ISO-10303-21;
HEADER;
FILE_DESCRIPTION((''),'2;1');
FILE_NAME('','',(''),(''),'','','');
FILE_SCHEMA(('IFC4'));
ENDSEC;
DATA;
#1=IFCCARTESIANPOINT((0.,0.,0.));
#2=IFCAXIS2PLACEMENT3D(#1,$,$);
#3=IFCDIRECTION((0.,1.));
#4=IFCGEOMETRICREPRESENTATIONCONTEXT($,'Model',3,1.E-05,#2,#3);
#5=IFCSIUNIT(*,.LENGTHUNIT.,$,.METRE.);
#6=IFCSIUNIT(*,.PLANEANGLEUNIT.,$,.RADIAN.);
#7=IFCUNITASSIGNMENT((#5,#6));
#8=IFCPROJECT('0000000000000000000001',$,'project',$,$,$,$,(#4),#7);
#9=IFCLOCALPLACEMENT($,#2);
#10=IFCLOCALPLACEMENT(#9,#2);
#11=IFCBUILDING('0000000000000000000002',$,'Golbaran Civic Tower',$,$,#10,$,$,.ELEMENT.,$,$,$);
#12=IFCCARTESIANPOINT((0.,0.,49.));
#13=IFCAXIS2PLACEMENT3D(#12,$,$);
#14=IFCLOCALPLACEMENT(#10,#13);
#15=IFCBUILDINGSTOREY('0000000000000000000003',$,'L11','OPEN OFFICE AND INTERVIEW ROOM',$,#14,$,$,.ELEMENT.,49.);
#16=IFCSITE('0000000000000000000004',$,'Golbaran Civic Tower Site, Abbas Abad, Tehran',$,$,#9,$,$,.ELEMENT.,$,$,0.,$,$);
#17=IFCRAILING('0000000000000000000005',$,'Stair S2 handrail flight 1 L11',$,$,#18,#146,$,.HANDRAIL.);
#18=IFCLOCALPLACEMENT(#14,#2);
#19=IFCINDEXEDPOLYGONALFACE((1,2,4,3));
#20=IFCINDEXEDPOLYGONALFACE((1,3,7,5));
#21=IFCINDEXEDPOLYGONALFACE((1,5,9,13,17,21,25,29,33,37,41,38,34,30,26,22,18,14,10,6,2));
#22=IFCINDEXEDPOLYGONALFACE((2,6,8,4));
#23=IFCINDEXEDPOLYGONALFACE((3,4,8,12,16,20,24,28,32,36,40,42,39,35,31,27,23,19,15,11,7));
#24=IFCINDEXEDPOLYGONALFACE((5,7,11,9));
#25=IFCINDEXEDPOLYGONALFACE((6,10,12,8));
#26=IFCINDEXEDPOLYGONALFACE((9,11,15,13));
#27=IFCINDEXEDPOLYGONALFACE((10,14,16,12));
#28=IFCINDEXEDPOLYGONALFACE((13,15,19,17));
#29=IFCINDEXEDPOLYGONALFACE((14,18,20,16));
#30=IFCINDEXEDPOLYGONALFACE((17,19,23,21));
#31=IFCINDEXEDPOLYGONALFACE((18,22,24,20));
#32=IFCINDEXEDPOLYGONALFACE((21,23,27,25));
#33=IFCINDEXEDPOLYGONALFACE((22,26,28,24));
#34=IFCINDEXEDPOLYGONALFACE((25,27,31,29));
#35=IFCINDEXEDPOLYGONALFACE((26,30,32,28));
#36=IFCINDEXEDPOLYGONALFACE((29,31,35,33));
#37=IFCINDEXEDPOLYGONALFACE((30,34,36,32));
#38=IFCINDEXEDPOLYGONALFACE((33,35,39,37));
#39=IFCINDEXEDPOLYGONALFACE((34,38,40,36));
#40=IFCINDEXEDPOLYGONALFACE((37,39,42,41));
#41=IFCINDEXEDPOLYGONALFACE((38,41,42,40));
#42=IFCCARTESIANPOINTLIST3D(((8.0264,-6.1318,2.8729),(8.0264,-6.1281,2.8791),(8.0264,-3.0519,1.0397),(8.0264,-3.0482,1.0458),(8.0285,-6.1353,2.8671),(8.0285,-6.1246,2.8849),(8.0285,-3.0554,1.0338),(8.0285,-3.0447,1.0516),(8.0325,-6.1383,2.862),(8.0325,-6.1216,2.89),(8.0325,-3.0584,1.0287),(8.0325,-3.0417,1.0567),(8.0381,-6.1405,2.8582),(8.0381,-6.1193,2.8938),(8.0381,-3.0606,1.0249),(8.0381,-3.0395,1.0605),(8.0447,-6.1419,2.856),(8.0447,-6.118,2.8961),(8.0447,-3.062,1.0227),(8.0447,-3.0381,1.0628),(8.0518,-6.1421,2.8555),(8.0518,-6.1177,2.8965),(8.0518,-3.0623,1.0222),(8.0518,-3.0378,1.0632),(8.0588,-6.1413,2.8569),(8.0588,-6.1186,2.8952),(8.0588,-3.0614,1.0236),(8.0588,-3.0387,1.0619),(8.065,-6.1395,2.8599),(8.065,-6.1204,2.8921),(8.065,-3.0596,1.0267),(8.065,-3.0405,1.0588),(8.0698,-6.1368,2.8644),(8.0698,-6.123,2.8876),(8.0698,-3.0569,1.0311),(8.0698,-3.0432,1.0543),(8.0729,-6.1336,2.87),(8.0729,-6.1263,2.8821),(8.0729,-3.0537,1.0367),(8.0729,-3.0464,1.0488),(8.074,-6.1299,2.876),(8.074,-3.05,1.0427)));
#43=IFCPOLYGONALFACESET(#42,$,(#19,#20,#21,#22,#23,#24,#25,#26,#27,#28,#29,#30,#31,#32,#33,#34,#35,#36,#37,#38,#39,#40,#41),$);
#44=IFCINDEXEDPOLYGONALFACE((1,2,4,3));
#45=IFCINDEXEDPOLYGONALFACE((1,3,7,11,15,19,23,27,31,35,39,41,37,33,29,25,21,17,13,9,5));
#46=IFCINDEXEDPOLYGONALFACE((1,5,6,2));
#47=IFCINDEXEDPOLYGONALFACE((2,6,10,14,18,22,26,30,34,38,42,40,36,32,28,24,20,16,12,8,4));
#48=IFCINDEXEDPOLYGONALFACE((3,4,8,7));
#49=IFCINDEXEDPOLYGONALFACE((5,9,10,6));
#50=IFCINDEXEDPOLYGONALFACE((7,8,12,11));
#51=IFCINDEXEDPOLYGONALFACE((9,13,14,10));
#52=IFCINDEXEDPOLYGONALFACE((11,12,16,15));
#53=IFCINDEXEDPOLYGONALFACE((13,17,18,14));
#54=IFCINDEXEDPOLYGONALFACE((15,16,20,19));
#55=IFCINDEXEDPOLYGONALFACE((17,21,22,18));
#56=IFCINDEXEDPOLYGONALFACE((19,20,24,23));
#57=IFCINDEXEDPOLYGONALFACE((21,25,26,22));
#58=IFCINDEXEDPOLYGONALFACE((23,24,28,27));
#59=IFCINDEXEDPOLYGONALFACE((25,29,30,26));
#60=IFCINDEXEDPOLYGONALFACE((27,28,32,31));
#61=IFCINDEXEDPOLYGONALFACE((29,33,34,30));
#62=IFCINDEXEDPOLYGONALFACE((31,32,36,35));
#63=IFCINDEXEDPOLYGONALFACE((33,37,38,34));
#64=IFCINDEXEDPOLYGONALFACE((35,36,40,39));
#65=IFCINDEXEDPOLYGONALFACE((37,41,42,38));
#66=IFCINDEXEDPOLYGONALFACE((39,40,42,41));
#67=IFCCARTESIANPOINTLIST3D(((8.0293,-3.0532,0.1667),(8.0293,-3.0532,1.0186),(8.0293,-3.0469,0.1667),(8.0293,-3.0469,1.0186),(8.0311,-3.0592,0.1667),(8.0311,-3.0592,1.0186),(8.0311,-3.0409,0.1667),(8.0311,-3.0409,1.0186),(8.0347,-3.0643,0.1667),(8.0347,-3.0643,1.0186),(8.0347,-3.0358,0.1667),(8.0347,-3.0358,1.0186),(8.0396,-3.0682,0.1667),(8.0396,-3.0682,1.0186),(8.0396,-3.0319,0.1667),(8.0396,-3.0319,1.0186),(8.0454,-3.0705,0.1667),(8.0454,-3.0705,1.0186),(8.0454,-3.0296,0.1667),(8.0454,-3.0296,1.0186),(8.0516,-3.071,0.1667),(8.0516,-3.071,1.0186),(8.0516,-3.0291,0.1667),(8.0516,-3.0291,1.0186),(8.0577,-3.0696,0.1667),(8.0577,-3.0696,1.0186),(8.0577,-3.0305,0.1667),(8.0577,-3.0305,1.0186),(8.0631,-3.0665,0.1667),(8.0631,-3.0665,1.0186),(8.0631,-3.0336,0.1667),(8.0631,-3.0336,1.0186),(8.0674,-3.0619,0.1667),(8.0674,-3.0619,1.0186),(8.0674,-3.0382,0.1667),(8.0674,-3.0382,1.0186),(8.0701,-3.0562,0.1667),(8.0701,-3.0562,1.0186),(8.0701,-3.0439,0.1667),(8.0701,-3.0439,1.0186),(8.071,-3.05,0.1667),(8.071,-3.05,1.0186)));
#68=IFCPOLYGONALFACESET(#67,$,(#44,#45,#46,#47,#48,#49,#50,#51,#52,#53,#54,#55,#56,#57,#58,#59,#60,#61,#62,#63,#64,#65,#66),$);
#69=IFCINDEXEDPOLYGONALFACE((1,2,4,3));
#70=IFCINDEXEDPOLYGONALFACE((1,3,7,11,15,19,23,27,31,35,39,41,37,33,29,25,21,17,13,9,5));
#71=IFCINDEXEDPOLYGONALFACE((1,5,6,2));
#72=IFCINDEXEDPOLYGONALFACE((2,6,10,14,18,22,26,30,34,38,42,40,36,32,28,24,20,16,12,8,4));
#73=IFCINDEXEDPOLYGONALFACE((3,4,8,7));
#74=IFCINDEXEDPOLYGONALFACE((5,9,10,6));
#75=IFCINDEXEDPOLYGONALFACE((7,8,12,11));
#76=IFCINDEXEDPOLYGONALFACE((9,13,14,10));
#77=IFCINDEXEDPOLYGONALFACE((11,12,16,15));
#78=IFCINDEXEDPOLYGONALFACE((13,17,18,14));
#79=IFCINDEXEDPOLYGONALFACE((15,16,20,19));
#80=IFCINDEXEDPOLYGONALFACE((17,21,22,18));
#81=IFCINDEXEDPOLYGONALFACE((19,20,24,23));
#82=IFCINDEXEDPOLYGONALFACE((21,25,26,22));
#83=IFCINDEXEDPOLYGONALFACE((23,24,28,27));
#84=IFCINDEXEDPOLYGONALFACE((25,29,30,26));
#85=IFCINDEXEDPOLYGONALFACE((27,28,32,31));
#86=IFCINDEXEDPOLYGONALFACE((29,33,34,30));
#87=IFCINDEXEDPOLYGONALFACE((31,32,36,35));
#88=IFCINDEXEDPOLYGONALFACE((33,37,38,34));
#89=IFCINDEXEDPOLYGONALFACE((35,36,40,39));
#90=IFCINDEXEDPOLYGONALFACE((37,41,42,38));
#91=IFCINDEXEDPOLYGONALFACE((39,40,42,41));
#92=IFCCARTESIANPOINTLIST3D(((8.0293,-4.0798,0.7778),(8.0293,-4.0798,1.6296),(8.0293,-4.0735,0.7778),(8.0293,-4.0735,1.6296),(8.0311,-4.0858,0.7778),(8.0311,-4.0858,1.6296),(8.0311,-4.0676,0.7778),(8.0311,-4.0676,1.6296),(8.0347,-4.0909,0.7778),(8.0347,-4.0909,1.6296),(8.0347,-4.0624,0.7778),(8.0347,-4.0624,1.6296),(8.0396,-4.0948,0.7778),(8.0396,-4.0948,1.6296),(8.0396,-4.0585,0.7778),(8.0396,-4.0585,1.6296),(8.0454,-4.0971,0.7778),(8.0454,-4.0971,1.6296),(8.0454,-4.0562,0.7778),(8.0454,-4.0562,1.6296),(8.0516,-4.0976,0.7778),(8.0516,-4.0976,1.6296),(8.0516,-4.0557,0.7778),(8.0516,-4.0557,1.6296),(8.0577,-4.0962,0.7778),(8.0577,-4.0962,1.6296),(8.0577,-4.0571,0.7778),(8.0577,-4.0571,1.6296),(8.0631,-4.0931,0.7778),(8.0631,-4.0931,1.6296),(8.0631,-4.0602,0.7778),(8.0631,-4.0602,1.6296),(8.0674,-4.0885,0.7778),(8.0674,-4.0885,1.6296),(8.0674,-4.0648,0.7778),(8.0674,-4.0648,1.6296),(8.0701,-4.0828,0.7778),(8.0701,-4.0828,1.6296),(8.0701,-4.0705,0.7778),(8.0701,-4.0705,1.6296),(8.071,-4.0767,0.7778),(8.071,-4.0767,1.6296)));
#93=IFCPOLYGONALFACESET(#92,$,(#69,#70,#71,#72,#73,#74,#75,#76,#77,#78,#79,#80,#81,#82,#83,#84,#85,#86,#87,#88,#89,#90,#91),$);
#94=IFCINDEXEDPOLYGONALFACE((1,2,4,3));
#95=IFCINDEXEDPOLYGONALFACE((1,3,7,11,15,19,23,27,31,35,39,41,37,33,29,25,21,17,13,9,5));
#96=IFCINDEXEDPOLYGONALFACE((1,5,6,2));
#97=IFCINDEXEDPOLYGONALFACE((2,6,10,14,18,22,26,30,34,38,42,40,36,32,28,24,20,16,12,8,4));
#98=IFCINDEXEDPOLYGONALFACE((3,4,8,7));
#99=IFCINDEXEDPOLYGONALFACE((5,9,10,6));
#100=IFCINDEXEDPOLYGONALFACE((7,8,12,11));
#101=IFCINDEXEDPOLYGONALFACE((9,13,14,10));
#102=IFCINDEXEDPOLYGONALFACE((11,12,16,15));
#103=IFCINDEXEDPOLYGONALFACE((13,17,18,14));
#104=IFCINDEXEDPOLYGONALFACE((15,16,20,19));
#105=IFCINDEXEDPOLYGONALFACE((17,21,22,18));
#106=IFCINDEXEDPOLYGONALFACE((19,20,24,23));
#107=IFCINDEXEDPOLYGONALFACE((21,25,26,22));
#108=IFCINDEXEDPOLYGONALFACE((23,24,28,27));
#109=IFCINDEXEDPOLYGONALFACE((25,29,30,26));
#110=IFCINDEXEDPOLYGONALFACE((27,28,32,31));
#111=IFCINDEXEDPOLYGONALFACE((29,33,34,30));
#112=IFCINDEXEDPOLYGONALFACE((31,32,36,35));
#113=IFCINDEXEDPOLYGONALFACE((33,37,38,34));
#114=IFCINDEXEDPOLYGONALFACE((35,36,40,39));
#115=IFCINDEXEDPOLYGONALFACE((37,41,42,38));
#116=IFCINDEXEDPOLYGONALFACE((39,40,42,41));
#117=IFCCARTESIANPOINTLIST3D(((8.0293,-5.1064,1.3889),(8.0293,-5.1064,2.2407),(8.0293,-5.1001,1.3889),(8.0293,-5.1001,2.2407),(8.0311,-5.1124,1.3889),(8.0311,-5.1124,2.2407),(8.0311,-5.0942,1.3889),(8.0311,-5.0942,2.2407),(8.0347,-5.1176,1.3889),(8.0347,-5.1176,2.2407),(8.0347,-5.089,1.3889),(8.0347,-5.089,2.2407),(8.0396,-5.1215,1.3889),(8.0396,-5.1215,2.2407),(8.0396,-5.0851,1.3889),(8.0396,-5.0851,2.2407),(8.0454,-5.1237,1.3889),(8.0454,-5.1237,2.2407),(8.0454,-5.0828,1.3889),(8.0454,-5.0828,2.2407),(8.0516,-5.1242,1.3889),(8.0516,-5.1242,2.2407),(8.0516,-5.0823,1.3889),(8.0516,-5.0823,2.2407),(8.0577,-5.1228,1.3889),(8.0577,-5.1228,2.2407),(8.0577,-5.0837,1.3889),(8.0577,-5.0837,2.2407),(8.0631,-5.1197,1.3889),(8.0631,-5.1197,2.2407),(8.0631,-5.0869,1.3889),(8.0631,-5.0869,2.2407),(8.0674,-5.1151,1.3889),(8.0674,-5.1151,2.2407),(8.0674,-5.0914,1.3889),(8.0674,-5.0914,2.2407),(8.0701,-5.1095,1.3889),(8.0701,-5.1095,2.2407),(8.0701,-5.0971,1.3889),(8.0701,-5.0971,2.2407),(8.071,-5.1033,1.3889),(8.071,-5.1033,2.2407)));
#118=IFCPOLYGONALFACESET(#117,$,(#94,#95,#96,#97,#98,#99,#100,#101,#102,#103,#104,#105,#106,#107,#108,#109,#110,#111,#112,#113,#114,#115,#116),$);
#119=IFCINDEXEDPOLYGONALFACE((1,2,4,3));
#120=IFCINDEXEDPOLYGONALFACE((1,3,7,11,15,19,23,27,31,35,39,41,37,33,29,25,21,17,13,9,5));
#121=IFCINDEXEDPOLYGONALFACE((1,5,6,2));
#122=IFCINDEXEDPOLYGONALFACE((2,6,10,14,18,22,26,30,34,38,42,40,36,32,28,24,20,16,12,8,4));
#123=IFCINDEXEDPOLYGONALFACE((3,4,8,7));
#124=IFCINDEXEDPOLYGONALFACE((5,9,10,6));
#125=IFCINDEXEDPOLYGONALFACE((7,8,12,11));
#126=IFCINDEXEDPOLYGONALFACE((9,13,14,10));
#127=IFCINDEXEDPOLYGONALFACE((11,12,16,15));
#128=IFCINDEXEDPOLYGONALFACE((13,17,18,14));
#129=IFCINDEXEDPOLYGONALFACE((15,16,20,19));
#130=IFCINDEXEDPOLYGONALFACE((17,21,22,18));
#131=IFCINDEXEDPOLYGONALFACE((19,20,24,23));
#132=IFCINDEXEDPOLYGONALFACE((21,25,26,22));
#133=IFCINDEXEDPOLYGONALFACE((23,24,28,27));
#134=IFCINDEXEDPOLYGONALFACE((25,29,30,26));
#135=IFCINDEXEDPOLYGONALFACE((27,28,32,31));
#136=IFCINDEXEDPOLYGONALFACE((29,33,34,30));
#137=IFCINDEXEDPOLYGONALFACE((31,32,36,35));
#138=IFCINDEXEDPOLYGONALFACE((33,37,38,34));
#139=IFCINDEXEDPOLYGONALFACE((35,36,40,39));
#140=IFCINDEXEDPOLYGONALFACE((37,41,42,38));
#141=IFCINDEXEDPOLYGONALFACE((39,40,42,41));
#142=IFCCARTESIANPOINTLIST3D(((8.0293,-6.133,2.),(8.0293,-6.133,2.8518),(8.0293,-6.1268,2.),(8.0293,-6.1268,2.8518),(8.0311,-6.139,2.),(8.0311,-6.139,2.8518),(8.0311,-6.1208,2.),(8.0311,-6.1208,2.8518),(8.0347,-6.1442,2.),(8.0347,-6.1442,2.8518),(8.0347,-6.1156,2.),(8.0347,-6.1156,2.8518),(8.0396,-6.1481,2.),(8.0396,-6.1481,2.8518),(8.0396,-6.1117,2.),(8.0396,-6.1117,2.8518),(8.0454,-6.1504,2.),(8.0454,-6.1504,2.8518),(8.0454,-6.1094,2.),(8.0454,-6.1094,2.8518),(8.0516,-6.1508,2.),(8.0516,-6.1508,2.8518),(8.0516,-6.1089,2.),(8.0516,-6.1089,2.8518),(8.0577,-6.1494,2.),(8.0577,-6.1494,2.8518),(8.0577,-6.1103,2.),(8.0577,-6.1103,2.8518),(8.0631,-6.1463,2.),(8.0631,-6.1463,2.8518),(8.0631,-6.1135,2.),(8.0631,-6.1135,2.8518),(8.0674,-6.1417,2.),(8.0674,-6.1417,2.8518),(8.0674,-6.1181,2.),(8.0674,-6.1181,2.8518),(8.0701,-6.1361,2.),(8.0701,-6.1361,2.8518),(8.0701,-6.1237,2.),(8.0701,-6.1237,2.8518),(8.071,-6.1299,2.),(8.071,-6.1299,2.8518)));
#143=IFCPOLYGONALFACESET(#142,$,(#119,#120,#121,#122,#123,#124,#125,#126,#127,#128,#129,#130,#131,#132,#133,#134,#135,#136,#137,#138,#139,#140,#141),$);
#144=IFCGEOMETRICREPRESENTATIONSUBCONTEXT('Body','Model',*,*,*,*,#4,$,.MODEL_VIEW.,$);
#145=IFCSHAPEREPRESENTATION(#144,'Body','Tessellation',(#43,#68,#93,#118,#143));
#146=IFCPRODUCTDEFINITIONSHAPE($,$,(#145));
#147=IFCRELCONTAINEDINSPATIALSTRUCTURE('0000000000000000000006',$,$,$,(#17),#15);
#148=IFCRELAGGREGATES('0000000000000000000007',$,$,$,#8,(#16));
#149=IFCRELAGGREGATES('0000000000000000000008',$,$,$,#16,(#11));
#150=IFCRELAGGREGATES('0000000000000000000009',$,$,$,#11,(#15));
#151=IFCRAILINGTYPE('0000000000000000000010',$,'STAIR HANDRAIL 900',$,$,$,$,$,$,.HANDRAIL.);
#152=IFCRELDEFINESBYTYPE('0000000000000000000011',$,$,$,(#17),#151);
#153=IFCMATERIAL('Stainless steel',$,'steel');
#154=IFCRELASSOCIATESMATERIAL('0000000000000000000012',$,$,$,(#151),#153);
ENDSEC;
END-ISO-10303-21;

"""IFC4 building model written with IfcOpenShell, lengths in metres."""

from ifc_helpers import new_model, si_unit, direction, frame, origin, origin_2d, place, context, subcontext, project, spatial, circle, extrude, material, type_object, element, save


model = new_model("IFC4")

# Units and contexts
model_context = context("Model", 3, precision=1e-05, world=origin(), true_north=direction((0.0, 1.0)))
body_context = subcontext(model_context, "Body", "Model", "MODEL_VIEW")
ifc_project = project(units=[si_unit("LENGTHUNIT", "METRE"), si_unit("PLANEANGLEUNIT", "RADIAN")], contexts=[model_context])

# Site, building, storey
site_placement = place(None, origin())
site = spatial("IfcSite", under=ifc_project, at=site_placement, Name="Golbaran Civic Tower Site, Abbas Abad, Tehran", CompositionType="ELEMENT", RefElevation=0.0)
building_placement = place(site_placement, origin())
building = spatial("IfcBuilding", under=site, at=building_placement, Name="Golbaran Civic Tower", CompositionType="ELEMENT")
storey_placement = place(building_placement, frame((0.0, 0.0, 49.0)))
storey = spatial("IfcBuildingStorey", under=building, at=storey_placement, Name="L11", Description="OPEN OFFICE AND INTERVIEW ROOM", CompositionType="ELEMENT", Elevation=49.0)

# Shared definitions
ifc_material_1 = material(Name="Stainless steel", Category="steel")

# Railing
railing_type = type_object("IfcRailingType", Name="STAIR HANDRAIL 900", PredefinedType="HANDRAIL", material=ifc_material_1)
railing_1_placement = place(storey_placement, frame((8.05, -3.05, 0.1667)))
element("IfcRailing", 1, at=railing_1_placement, inside=storey, type_object=railing_type, Name="Stair S2 handrail flight 1 L11", PredefinedType="HANDRAIL", context=body_context, shape_type="SweptSolid", body=[
    extrude(circle(Radius=0.0239, at=origin_2d()), frame((0.0, 0.0, 0.876), z_axis=(0.0, -0.859291, 0.511487), x_axis=(1.0, 0.0, 0.0)), (0.0, 0.0, 1.0), 3.5842),
    extrude(circle(Radius=0.021, at=origin_2d()), origin(), (0.0, 0.0, 1.0), 0.8518),
    extrude(circle(Radius=0.021, at=origin_2d()), frame((0.0, -1.0266, 0.6111)), (0.0, 0.0, 1.0), 0.8518),
    extrude(circle(Radius=0.021, at=origin_2d()), frame((0.0, -2.0532, 1.2222)), (0.0, 0.0, 1.0), 0.8518),
    extrude(circle(Radius=0.021, at=origin_2d()), frame((0.0, -3.0798, 1.8333)), (0.0, 0.0, 1.0), 0.8518),
])

save(model, "model.ifc")
